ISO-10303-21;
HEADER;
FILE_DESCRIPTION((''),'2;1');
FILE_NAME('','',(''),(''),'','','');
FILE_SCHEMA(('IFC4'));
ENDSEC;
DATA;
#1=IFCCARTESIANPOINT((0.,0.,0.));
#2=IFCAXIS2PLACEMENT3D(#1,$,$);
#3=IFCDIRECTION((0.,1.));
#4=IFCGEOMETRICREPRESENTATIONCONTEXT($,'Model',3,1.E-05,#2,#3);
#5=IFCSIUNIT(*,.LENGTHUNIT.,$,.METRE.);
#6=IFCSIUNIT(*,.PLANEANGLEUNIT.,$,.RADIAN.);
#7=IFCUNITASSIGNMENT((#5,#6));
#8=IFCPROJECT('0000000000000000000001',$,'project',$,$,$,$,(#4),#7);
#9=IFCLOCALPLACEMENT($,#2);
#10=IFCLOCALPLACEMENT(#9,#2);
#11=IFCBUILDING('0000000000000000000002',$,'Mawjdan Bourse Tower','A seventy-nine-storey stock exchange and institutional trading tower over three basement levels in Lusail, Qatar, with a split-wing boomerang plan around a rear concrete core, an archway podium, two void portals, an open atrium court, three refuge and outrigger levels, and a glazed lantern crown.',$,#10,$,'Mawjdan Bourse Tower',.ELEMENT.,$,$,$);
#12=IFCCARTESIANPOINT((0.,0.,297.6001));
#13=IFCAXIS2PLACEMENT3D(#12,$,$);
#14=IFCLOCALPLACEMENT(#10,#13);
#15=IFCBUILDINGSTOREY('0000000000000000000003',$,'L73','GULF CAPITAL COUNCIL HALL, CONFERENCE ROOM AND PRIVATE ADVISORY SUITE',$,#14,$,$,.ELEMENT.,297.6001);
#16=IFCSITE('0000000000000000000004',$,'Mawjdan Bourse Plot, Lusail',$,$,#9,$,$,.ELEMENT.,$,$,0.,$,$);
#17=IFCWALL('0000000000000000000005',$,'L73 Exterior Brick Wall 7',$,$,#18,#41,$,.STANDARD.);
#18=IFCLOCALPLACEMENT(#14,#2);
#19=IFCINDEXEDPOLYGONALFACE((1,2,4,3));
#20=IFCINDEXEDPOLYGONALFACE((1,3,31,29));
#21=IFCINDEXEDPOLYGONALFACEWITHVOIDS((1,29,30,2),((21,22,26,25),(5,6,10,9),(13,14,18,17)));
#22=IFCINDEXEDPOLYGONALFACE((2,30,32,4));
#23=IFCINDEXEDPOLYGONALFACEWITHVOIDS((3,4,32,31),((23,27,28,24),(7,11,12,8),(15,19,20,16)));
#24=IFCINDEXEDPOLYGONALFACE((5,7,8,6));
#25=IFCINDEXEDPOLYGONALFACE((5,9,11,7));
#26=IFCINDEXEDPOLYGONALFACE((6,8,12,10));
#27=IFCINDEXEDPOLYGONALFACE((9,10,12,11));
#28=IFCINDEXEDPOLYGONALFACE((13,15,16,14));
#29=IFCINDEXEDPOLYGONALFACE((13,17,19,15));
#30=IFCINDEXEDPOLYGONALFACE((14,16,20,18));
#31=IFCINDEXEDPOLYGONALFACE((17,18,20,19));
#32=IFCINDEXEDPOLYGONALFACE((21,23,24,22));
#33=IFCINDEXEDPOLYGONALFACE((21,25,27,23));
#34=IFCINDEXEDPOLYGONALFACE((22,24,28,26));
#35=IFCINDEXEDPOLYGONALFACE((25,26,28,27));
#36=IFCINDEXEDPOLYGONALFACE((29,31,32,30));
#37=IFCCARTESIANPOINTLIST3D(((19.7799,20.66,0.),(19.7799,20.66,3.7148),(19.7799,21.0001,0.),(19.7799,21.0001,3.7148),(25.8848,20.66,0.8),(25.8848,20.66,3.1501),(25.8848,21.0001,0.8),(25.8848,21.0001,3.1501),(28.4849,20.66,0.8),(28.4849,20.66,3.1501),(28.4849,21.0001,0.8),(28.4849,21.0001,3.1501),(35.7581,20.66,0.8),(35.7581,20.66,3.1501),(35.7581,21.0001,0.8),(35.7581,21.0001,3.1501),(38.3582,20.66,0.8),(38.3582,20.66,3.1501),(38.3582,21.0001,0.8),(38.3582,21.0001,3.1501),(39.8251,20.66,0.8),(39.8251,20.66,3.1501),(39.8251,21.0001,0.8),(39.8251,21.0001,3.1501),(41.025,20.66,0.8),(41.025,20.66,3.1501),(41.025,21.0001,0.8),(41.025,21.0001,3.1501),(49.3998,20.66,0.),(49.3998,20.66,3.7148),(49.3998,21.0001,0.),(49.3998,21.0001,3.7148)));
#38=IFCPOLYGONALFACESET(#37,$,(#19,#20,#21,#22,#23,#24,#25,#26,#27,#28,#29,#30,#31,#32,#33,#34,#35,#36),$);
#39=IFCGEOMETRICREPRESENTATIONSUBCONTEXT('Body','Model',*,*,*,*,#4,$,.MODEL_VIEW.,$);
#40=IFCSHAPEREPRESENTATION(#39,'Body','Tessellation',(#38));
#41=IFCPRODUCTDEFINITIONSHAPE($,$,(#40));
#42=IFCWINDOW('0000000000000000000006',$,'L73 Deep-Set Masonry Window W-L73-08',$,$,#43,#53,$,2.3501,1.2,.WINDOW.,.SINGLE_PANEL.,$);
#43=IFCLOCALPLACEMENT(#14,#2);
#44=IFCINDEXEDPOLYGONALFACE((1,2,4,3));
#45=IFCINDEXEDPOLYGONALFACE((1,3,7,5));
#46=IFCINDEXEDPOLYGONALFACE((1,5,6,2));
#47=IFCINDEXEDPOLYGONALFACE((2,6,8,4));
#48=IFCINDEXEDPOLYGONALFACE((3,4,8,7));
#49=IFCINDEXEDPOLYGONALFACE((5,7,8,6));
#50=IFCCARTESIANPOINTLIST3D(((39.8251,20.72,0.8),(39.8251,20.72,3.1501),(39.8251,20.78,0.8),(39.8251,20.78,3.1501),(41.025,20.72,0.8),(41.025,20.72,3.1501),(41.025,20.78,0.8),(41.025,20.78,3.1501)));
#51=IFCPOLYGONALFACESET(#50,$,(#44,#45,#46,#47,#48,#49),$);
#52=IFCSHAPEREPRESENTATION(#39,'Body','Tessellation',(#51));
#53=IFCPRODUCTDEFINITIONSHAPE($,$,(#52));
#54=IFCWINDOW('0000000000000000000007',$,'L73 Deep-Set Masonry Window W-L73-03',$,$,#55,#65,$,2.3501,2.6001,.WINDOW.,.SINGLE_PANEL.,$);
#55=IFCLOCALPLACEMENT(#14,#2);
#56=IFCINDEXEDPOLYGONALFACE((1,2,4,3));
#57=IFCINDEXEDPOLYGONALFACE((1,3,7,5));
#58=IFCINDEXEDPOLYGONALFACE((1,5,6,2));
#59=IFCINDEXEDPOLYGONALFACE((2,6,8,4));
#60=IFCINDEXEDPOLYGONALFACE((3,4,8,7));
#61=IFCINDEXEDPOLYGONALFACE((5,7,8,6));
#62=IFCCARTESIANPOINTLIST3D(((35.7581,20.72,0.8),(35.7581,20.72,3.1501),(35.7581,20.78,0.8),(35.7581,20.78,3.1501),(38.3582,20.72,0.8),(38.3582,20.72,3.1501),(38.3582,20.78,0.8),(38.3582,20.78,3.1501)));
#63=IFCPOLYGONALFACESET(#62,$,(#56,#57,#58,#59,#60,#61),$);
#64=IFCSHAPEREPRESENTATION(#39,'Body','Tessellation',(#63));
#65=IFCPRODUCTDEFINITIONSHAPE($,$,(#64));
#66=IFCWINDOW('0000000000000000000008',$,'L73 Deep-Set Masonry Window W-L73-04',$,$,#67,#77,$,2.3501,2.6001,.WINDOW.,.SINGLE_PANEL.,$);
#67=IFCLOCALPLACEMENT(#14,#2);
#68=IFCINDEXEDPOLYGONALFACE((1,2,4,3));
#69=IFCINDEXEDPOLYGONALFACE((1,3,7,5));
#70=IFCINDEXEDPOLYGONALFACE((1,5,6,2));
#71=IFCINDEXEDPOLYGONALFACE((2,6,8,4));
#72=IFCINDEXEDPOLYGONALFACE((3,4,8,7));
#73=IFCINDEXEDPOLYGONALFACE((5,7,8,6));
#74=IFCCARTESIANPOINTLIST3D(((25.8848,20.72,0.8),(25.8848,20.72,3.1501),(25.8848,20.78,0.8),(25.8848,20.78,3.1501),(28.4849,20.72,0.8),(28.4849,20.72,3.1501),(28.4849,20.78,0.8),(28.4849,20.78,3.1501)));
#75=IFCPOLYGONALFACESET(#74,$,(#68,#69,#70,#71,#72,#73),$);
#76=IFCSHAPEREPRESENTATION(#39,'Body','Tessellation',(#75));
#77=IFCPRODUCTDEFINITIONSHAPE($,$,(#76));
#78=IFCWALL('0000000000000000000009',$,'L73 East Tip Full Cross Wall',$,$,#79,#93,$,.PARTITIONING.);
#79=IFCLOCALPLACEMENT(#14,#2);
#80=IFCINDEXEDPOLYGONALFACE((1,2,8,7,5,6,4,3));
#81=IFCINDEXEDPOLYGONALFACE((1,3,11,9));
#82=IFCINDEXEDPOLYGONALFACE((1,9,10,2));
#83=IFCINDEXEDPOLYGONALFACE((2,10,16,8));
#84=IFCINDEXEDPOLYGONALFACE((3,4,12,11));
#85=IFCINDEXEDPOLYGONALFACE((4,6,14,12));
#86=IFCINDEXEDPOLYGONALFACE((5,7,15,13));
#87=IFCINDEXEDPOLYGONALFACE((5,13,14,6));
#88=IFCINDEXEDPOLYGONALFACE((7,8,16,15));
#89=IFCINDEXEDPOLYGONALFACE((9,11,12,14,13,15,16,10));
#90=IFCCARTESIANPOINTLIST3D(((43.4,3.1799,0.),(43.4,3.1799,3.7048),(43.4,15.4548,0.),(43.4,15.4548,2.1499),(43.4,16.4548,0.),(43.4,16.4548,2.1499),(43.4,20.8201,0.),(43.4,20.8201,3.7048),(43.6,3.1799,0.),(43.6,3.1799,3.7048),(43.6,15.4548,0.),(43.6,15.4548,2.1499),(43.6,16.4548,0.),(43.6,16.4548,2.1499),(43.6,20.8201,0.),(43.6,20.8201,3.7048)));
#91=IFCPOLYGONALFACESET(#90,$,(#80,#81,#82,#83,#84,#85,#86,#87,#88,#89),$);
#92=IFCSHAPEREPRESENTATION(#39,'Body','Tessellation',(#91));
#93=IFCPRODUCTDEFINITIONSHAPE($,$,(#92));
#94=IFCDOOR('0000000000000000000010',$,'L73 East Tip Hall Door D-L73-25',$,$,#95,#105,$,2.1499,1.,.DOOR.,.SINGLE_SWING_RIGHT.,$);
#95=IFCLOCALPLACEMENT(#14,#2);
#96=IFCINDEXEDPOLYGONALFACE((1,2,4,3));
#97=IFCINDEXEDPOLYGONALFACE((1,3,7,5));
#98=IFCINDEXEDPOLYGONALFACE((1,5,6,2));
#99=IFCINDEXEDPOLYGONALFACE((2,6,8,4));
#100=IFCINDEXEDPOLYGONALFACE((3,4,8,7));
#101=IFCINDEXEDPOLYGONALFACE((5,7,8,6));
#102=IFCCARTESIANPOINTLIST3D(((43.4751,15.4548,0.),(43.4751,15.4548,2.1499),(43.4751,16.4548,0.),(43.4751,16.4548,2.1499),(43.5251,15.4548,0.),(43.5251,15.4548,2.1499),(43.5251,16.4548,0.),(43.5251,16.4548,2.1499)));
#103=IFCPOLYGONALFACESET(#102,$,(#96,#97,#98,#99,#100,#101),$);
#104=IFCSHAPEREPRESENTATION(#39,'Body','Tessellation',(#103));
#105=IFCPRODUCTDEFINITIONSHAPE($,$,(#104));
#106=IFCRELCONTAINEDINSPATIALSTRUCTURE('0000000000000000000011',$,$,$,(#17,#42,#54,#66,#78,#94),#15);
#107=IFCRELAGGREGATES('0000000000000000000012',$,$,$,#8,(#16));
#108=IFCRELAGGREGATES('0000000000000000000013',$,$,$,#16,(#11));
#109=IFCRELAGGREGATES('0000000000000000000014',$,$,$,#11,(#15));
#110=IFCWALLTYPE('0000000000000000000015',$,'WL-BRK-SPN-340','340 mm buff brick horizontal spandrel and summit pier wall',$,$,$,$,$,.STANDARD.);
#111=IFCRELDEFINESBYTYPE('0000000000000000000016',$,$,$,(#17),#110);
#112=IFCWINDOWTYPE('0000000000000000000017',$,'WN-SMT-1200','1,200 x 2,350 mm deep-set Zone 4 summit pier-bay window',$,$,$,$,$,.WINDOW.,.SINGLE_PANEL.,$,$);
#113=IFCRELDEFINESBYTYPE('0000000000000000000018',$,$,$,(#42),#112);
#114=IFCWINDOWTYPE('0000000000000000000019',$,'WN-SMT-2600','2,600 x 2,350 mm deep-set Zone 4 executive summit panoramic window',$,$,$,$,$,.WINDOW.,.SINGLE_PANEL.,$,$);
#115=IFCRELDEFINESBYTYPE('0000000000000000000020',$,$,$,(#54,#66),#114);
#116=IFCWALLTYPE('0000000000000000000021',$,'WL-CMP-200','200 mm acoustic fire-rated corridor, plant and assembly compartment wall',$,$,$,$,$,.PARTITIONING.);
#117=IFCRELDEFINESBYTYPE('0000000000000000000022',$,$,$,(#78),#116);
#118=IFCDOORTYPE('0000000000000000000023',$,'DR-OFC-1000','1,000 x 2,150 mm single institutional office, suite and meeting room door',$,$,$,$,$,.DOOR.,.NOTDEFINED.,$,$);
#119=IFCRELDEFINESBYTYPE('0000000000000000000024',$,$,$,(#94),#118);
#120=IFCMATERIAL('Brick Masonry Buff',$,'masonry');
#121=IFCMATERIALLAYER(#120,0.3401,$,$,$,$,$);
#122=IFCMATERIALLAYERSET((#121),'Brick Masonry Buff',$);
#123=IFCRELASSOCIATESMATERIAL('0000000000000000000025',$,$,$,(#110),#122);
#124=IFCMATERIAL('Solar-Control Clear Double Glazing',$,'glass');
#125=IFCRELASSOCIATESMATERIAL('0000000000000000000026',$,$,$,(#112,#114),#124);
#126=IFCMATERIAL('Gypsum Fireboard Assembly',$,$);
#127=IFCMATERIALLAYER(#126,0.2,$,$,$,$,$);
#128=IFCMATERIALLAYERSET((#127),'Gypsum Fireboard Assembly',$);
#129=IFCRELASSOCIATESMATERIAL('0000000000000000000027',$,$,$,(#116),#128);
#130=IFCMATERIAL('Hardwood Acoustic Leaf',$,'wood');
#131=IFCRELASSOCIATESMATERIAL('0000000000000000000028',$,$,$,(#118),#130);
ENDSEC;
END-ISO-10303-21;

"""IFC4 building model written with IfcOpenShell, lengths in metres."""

from ifc_helpers import new_model, si_unit, direction, frame, frame_2d, origin, place, context, subcontext, project, spatial, rectangle, extrude, material, layer, layer_set, type_object, element, fill, save


model = new_model("IFC4")

# Units and contexts
model_context = context("Model", 3, precision=1e-05, world=origin(), true_north=direction((0.0, 1.0)))
body_context = subcontext(model_context, "Body", "Model", "MODEL_VIEW")
ifc_project = project(units=[si_unit("LENGTHUNIT", "METRE"), si_unit("PLANEANGLEUNIT", "RADIAN")], contexts=[model_context])

# Site, building, storey
site_placement = place(None, origin())
site = spatial("IfcSite", under=ifc_project, at=site_placement, Name="Mawjdan Bourse Plot, Lusail", CompositionType="ELEMENT", RefElevation=0.0)
building_placement = place(site_placement, origin())
building = spatial("IfcBuilding", under=site, at=building_placement, Name="Mawjdan Bourse Tower", Description="A seventy-nine-storey stock exchange and institutional trading tower over three basement levels in Lusail, Qatar, with a split-wing boomerang plan around a rear concrete core, an archway podium, two void portals, an open atrium court, three refuge and outrigger levels, and a glazed lantern crown.", LongName="Mawjdan Bourse Tower", CompositionType="ELEMENT")
storey_placement = place(building_placement, frame((0.0, 0.0, 297.6001)))
storey = spatial("IfcBuildingStorey", under=building, at=storey_placement, Name="L73", Description="GULF CAPITAL COUNCIL HALL, CONFERENCE ROOM AND PRIVATE ADVISORY SUITE", CompositionType="ELEMENT", Elevation=297.6001)

# Shared definitions
ifc_material_1 = material(Name="Brick Masonry Buff", Category="masonry")
ifc_layer_1 = layer(ifc_material_1, 0.3401)
ifc_layer_set_1 = layer_set([ifc_layer_1], Name="Brick Masonry Buff")
wall_type_1 = type_object("IfcWallType", Name="WL-BRK-SPN-340", Description="340 mm buff brick horizontal spandrel and summit pier wall", PredefinedType="STANDARD", material=ifc_layer_set_1)

# Shared definitions
ifc_material_2 = material(Name="Solar-Control Clear Double Glazing", Category="glass")

# Wall, openings, windows
wall_1_placement = place(storey_placement, frame((49.3999, 20.8301, 0.0), z_axis=(0.0, 0.0, 1.0), x_axis=(-1.0, 0.0, 0.0)))
wall_1 = element("IfcWall", 1, at=wall_1_placement, inside=storey, type_object=wall_type_1, Name="L73 Exterior Brick Wall 7", PredefinedType="STANDARD", context=body_context, shape_type="SweptSolid", body=[
    extrude(rectangle(XDim=29.6199, YDim=0.3401, at=frame_2d((14.8101, 0.0))), origin(), (0.0, 0.0, 1.0), 3.7148),
])
opening_1_placement = place(wall_1_placement, frame((11.0417, 0.0, 0.8)))
opening_1 = element("IfcOpeningElement", 2, at=opening_1_placement, cuts=wall_1, PredefinedType="OPENING", context=body_context, shape_type="SweptSolid", body=[
    extrude(rectangle(XDim=2.6001, YDim=2.3501, at=frame_2d((1.3, 1.175))), frame((0.0, 0.1802, 0.0), z_axis=(0.0, -1.0, 0.0), x_axis=(1.0, 0.0, 0.0)), (0.0, 0.0, 1.0), 0.3601),
])
opening_2_placement = place(wall_1_placement, frame((20.915, 0.0, 0.8)))
opening_2 = element("IfcOpeningElement", 3, at=opening_2_placement, cuts=wall_1, PredefinedType="OPENING", context=body_context, shape_type="SweptSolid", body=[
    extrude(rectangle(XDim=2.6001, YDim=2.3501, at=frame_2d((1.3, 1.175))), frame((0.0, 0.1802, 0.0), z_axis=(0.0, -1.0, 0.0), x_axis=(1.0, 0.0, 0.0)), (0.0, 0.0, 1.0), 0.3601),
])
opening_3_placement = place(wall_1_placement, frame((8.3748, 0.0, 0.8)))
opening_3 = element("IfcOpeningElement", 4, at=opening_3_placement, cuts=wall_1, PredefinedType="OPENING", context=body_context, shape_type="SweptSolid", body=[
    extrude(rectangle(XDim=1.2, YDim=2.3501, at=frame_2d((0.6001, 1.175))), frame((0.0, 0.1802, 0.0), z_axis=(0.0, -1.0, 0.0), x_axis=(1.0, 0.0, 0.0)), (0.0, 0.0, 1.0), 0.3601),
])
window_type_1 = type_object("IfcWindowType", Name="WN-SMT-1200", Description="1,200 x 2,350 mm deep-set Zone 4 summit pier-bay window", PartitioningType="SINGLE_PANEL", PredefinedType="WINDOW", material=ifc_material_2)
window_1_placement = place(opening_3_placement, origin())
window_1 = element("IfcWindow", 5, at=window_1_placement, inside=storey, type_object=window_type_1, Name="L73 Deep-Set Masonry Window W-L73-08", OverallHeight=2.3501, OverallWidth=1.2, PartitioningType="SINGLE_PANEL", PredefinedType="WINDOW", context=body_context, shape_type="SweptSolid", body=[
    extrude(rectangle(XDim=1.2, YDim=2.3501, at=frame_2d((0.6001, 1.175))), frame((0.0, 0.1101, 0.0), z_axis=(0.0, -1.0, 0.0), x_axis=(1.0, 0.0, 0.0)), (0.0, 0.0, 1.0), 0.0601),
])
fill(opening_3, window_1)
window_type_2 = type_object("IfcWindowType", Name="WN-SMT-2600", Description="2,600 x 2,350 mm deep-set Zone 4 executive summit panoramic window", PartitioningType="SINGLE_PANEL", PredefinedType="WINDOW", material=ifc_material_2)
window_2_placement = place(opening_1_placement, origin())
window_2 = element("IfcWindow", 6, at=window_2_placement, inside=storey, type_object=window_type_2, Name="L73 Deep-Set Masonry Window W-L73-03", OverallHeight=2.3501, OverallWidth=2.6001, PartitioningType="SINGLE_PANEL", PredefinedType="WINDOW", context=body_context, shape_type="SweptSolid", body=[
    extrude(rectangle(XDim=2.6001, YDim=2.3501, at=frame_2d((1.3, 1.175))), frame((0.0, 0.1101, 0.0), z_axis=(0.0, -1.0, 0.0), x_axis=(1.0, 0.0, 0.0)), (0.0, 0.0, 1.0), 0.0601),
])
fill(opening_1, window_2)
window_3_placement = place(opening_2_placement, origin())
window_3 = element("IfcWindow", 7, at=window_3_placement, inside=storey, type_object=window_type_2, Name="L73 Deep-Set Masonry Window W-L73-04", OverallHeight=2.3501, OverallWidth=2.6001, PartitioningType="SINGLE_PANEL", PredefinedType="WINDOW", context=body_context, shape_type="SweptSolid", body=[
    extrude(rectangle(XDim=2.6001, YDim=2.3501, at=frame_2d((1.3, 1.175))), frame((0.0, 0.1101, 0.0), z_axis=(0.0, -1.0, 0.0), x_axis=(1.0, 0.0, 0.0)), (0.0, 0.0, 1.0), 0.0601),
])
fill(opening_2, window_3)

# Wall, opening, door
ifc_material_3 = material(Name="Gypsum Fireboard Assembly")
ifc_layer_2 = layer(ifc_material_3, 0.2)
ifc_layer_set_2 = layer_set([ifc_layer_2], Name="Gypsum Fireboard Assembly")
wall_type_2 = type_object("IfcWallType", Name="WL-CMP-200", Description="200 mm acoustic fire-rated corridor, plant and assembly compartment wall", PredefinedType="PARTITIONING", material=ifc_layer_set_2)
wall_2_placement = place(storey_placement, frame((43.5, 3.1799, 0.0), z_axis=(0.0, 0.0, 1.0), x_axis=(0.0, 1.0, 0.0)))
wall_2 = element("IfcWall", 8, at=wall_2_placement, inside=storey, type_object=wall_type_2, Name="L73 East Tip Full Cross Wall", PredefinedType="PARTITIONING", context=body_context, shape_type="SweptSolid", body=[
    extrude(rectangle(XDim=17.6401, YDim=0.2, at=frame_2d((8.8201, 0.0))), origin(), (0.0, 0.0, 1.0), 3.7048),
])
opening_4_placement = place(wall_2_placement, frame((12.2749, 0.0, 0.0)))
opening_4 = element("IfcOpeningElement", 9, at=opening_4_placement, cuts=wall_2, PredefinedType="OPENING", context=body_context, shape_type="SweptSolid", body=[
    extrude(rectangle(XDim=1.0, YDim=2.1499, at=frame_2d((0.5, 1.075))), frame((0.0, 0.1099, 0.0), z_axis=(0.0, -1.0, 0.0), x_axis=(1.0, 0.0, 0.0)), (0.0, 0.0, 1.0), 0.22),
])
ifc_material_4 = material(Name="Hardwood Acoustic Leaf", Category="wood")
door_type = type_object("IfcDoorType", Name="DR-OFC-1000", Description="1,000 x 2,150 mm single institutional office, suite and meeting room door", OperationType="NOTDEFINED", PredefinedType="DOOR", material=ifc_material_4)
door_placement = place(opening_4_placement, origin())
door = element("IfcDoor", 10, at=door_placement, inside=storey, type_object=door_type, Name="L73 East Tip Hall Door D-L73-25", OperationType="SINGLE_SWING_RIGHT", OverallHeight=2.1499, OverallWidth=1.0, PredefinedType="DOOR", context=body_context, shape_type="SweptSolid", body=[
    extrude(rectangle(XDim=1.0, YDim=2.1499, at=frame_2d((0.5, 1.075))), frame((0.0, 0.0249, 0.0), z_axis=(0.0, -1.0, 0.0), x_axis=(1.0, 0.0, 0.0)), (0.0, 0.0, 1.0), 0.05),
])
fill(opening_4, door)

save(model, "model.ifc")
